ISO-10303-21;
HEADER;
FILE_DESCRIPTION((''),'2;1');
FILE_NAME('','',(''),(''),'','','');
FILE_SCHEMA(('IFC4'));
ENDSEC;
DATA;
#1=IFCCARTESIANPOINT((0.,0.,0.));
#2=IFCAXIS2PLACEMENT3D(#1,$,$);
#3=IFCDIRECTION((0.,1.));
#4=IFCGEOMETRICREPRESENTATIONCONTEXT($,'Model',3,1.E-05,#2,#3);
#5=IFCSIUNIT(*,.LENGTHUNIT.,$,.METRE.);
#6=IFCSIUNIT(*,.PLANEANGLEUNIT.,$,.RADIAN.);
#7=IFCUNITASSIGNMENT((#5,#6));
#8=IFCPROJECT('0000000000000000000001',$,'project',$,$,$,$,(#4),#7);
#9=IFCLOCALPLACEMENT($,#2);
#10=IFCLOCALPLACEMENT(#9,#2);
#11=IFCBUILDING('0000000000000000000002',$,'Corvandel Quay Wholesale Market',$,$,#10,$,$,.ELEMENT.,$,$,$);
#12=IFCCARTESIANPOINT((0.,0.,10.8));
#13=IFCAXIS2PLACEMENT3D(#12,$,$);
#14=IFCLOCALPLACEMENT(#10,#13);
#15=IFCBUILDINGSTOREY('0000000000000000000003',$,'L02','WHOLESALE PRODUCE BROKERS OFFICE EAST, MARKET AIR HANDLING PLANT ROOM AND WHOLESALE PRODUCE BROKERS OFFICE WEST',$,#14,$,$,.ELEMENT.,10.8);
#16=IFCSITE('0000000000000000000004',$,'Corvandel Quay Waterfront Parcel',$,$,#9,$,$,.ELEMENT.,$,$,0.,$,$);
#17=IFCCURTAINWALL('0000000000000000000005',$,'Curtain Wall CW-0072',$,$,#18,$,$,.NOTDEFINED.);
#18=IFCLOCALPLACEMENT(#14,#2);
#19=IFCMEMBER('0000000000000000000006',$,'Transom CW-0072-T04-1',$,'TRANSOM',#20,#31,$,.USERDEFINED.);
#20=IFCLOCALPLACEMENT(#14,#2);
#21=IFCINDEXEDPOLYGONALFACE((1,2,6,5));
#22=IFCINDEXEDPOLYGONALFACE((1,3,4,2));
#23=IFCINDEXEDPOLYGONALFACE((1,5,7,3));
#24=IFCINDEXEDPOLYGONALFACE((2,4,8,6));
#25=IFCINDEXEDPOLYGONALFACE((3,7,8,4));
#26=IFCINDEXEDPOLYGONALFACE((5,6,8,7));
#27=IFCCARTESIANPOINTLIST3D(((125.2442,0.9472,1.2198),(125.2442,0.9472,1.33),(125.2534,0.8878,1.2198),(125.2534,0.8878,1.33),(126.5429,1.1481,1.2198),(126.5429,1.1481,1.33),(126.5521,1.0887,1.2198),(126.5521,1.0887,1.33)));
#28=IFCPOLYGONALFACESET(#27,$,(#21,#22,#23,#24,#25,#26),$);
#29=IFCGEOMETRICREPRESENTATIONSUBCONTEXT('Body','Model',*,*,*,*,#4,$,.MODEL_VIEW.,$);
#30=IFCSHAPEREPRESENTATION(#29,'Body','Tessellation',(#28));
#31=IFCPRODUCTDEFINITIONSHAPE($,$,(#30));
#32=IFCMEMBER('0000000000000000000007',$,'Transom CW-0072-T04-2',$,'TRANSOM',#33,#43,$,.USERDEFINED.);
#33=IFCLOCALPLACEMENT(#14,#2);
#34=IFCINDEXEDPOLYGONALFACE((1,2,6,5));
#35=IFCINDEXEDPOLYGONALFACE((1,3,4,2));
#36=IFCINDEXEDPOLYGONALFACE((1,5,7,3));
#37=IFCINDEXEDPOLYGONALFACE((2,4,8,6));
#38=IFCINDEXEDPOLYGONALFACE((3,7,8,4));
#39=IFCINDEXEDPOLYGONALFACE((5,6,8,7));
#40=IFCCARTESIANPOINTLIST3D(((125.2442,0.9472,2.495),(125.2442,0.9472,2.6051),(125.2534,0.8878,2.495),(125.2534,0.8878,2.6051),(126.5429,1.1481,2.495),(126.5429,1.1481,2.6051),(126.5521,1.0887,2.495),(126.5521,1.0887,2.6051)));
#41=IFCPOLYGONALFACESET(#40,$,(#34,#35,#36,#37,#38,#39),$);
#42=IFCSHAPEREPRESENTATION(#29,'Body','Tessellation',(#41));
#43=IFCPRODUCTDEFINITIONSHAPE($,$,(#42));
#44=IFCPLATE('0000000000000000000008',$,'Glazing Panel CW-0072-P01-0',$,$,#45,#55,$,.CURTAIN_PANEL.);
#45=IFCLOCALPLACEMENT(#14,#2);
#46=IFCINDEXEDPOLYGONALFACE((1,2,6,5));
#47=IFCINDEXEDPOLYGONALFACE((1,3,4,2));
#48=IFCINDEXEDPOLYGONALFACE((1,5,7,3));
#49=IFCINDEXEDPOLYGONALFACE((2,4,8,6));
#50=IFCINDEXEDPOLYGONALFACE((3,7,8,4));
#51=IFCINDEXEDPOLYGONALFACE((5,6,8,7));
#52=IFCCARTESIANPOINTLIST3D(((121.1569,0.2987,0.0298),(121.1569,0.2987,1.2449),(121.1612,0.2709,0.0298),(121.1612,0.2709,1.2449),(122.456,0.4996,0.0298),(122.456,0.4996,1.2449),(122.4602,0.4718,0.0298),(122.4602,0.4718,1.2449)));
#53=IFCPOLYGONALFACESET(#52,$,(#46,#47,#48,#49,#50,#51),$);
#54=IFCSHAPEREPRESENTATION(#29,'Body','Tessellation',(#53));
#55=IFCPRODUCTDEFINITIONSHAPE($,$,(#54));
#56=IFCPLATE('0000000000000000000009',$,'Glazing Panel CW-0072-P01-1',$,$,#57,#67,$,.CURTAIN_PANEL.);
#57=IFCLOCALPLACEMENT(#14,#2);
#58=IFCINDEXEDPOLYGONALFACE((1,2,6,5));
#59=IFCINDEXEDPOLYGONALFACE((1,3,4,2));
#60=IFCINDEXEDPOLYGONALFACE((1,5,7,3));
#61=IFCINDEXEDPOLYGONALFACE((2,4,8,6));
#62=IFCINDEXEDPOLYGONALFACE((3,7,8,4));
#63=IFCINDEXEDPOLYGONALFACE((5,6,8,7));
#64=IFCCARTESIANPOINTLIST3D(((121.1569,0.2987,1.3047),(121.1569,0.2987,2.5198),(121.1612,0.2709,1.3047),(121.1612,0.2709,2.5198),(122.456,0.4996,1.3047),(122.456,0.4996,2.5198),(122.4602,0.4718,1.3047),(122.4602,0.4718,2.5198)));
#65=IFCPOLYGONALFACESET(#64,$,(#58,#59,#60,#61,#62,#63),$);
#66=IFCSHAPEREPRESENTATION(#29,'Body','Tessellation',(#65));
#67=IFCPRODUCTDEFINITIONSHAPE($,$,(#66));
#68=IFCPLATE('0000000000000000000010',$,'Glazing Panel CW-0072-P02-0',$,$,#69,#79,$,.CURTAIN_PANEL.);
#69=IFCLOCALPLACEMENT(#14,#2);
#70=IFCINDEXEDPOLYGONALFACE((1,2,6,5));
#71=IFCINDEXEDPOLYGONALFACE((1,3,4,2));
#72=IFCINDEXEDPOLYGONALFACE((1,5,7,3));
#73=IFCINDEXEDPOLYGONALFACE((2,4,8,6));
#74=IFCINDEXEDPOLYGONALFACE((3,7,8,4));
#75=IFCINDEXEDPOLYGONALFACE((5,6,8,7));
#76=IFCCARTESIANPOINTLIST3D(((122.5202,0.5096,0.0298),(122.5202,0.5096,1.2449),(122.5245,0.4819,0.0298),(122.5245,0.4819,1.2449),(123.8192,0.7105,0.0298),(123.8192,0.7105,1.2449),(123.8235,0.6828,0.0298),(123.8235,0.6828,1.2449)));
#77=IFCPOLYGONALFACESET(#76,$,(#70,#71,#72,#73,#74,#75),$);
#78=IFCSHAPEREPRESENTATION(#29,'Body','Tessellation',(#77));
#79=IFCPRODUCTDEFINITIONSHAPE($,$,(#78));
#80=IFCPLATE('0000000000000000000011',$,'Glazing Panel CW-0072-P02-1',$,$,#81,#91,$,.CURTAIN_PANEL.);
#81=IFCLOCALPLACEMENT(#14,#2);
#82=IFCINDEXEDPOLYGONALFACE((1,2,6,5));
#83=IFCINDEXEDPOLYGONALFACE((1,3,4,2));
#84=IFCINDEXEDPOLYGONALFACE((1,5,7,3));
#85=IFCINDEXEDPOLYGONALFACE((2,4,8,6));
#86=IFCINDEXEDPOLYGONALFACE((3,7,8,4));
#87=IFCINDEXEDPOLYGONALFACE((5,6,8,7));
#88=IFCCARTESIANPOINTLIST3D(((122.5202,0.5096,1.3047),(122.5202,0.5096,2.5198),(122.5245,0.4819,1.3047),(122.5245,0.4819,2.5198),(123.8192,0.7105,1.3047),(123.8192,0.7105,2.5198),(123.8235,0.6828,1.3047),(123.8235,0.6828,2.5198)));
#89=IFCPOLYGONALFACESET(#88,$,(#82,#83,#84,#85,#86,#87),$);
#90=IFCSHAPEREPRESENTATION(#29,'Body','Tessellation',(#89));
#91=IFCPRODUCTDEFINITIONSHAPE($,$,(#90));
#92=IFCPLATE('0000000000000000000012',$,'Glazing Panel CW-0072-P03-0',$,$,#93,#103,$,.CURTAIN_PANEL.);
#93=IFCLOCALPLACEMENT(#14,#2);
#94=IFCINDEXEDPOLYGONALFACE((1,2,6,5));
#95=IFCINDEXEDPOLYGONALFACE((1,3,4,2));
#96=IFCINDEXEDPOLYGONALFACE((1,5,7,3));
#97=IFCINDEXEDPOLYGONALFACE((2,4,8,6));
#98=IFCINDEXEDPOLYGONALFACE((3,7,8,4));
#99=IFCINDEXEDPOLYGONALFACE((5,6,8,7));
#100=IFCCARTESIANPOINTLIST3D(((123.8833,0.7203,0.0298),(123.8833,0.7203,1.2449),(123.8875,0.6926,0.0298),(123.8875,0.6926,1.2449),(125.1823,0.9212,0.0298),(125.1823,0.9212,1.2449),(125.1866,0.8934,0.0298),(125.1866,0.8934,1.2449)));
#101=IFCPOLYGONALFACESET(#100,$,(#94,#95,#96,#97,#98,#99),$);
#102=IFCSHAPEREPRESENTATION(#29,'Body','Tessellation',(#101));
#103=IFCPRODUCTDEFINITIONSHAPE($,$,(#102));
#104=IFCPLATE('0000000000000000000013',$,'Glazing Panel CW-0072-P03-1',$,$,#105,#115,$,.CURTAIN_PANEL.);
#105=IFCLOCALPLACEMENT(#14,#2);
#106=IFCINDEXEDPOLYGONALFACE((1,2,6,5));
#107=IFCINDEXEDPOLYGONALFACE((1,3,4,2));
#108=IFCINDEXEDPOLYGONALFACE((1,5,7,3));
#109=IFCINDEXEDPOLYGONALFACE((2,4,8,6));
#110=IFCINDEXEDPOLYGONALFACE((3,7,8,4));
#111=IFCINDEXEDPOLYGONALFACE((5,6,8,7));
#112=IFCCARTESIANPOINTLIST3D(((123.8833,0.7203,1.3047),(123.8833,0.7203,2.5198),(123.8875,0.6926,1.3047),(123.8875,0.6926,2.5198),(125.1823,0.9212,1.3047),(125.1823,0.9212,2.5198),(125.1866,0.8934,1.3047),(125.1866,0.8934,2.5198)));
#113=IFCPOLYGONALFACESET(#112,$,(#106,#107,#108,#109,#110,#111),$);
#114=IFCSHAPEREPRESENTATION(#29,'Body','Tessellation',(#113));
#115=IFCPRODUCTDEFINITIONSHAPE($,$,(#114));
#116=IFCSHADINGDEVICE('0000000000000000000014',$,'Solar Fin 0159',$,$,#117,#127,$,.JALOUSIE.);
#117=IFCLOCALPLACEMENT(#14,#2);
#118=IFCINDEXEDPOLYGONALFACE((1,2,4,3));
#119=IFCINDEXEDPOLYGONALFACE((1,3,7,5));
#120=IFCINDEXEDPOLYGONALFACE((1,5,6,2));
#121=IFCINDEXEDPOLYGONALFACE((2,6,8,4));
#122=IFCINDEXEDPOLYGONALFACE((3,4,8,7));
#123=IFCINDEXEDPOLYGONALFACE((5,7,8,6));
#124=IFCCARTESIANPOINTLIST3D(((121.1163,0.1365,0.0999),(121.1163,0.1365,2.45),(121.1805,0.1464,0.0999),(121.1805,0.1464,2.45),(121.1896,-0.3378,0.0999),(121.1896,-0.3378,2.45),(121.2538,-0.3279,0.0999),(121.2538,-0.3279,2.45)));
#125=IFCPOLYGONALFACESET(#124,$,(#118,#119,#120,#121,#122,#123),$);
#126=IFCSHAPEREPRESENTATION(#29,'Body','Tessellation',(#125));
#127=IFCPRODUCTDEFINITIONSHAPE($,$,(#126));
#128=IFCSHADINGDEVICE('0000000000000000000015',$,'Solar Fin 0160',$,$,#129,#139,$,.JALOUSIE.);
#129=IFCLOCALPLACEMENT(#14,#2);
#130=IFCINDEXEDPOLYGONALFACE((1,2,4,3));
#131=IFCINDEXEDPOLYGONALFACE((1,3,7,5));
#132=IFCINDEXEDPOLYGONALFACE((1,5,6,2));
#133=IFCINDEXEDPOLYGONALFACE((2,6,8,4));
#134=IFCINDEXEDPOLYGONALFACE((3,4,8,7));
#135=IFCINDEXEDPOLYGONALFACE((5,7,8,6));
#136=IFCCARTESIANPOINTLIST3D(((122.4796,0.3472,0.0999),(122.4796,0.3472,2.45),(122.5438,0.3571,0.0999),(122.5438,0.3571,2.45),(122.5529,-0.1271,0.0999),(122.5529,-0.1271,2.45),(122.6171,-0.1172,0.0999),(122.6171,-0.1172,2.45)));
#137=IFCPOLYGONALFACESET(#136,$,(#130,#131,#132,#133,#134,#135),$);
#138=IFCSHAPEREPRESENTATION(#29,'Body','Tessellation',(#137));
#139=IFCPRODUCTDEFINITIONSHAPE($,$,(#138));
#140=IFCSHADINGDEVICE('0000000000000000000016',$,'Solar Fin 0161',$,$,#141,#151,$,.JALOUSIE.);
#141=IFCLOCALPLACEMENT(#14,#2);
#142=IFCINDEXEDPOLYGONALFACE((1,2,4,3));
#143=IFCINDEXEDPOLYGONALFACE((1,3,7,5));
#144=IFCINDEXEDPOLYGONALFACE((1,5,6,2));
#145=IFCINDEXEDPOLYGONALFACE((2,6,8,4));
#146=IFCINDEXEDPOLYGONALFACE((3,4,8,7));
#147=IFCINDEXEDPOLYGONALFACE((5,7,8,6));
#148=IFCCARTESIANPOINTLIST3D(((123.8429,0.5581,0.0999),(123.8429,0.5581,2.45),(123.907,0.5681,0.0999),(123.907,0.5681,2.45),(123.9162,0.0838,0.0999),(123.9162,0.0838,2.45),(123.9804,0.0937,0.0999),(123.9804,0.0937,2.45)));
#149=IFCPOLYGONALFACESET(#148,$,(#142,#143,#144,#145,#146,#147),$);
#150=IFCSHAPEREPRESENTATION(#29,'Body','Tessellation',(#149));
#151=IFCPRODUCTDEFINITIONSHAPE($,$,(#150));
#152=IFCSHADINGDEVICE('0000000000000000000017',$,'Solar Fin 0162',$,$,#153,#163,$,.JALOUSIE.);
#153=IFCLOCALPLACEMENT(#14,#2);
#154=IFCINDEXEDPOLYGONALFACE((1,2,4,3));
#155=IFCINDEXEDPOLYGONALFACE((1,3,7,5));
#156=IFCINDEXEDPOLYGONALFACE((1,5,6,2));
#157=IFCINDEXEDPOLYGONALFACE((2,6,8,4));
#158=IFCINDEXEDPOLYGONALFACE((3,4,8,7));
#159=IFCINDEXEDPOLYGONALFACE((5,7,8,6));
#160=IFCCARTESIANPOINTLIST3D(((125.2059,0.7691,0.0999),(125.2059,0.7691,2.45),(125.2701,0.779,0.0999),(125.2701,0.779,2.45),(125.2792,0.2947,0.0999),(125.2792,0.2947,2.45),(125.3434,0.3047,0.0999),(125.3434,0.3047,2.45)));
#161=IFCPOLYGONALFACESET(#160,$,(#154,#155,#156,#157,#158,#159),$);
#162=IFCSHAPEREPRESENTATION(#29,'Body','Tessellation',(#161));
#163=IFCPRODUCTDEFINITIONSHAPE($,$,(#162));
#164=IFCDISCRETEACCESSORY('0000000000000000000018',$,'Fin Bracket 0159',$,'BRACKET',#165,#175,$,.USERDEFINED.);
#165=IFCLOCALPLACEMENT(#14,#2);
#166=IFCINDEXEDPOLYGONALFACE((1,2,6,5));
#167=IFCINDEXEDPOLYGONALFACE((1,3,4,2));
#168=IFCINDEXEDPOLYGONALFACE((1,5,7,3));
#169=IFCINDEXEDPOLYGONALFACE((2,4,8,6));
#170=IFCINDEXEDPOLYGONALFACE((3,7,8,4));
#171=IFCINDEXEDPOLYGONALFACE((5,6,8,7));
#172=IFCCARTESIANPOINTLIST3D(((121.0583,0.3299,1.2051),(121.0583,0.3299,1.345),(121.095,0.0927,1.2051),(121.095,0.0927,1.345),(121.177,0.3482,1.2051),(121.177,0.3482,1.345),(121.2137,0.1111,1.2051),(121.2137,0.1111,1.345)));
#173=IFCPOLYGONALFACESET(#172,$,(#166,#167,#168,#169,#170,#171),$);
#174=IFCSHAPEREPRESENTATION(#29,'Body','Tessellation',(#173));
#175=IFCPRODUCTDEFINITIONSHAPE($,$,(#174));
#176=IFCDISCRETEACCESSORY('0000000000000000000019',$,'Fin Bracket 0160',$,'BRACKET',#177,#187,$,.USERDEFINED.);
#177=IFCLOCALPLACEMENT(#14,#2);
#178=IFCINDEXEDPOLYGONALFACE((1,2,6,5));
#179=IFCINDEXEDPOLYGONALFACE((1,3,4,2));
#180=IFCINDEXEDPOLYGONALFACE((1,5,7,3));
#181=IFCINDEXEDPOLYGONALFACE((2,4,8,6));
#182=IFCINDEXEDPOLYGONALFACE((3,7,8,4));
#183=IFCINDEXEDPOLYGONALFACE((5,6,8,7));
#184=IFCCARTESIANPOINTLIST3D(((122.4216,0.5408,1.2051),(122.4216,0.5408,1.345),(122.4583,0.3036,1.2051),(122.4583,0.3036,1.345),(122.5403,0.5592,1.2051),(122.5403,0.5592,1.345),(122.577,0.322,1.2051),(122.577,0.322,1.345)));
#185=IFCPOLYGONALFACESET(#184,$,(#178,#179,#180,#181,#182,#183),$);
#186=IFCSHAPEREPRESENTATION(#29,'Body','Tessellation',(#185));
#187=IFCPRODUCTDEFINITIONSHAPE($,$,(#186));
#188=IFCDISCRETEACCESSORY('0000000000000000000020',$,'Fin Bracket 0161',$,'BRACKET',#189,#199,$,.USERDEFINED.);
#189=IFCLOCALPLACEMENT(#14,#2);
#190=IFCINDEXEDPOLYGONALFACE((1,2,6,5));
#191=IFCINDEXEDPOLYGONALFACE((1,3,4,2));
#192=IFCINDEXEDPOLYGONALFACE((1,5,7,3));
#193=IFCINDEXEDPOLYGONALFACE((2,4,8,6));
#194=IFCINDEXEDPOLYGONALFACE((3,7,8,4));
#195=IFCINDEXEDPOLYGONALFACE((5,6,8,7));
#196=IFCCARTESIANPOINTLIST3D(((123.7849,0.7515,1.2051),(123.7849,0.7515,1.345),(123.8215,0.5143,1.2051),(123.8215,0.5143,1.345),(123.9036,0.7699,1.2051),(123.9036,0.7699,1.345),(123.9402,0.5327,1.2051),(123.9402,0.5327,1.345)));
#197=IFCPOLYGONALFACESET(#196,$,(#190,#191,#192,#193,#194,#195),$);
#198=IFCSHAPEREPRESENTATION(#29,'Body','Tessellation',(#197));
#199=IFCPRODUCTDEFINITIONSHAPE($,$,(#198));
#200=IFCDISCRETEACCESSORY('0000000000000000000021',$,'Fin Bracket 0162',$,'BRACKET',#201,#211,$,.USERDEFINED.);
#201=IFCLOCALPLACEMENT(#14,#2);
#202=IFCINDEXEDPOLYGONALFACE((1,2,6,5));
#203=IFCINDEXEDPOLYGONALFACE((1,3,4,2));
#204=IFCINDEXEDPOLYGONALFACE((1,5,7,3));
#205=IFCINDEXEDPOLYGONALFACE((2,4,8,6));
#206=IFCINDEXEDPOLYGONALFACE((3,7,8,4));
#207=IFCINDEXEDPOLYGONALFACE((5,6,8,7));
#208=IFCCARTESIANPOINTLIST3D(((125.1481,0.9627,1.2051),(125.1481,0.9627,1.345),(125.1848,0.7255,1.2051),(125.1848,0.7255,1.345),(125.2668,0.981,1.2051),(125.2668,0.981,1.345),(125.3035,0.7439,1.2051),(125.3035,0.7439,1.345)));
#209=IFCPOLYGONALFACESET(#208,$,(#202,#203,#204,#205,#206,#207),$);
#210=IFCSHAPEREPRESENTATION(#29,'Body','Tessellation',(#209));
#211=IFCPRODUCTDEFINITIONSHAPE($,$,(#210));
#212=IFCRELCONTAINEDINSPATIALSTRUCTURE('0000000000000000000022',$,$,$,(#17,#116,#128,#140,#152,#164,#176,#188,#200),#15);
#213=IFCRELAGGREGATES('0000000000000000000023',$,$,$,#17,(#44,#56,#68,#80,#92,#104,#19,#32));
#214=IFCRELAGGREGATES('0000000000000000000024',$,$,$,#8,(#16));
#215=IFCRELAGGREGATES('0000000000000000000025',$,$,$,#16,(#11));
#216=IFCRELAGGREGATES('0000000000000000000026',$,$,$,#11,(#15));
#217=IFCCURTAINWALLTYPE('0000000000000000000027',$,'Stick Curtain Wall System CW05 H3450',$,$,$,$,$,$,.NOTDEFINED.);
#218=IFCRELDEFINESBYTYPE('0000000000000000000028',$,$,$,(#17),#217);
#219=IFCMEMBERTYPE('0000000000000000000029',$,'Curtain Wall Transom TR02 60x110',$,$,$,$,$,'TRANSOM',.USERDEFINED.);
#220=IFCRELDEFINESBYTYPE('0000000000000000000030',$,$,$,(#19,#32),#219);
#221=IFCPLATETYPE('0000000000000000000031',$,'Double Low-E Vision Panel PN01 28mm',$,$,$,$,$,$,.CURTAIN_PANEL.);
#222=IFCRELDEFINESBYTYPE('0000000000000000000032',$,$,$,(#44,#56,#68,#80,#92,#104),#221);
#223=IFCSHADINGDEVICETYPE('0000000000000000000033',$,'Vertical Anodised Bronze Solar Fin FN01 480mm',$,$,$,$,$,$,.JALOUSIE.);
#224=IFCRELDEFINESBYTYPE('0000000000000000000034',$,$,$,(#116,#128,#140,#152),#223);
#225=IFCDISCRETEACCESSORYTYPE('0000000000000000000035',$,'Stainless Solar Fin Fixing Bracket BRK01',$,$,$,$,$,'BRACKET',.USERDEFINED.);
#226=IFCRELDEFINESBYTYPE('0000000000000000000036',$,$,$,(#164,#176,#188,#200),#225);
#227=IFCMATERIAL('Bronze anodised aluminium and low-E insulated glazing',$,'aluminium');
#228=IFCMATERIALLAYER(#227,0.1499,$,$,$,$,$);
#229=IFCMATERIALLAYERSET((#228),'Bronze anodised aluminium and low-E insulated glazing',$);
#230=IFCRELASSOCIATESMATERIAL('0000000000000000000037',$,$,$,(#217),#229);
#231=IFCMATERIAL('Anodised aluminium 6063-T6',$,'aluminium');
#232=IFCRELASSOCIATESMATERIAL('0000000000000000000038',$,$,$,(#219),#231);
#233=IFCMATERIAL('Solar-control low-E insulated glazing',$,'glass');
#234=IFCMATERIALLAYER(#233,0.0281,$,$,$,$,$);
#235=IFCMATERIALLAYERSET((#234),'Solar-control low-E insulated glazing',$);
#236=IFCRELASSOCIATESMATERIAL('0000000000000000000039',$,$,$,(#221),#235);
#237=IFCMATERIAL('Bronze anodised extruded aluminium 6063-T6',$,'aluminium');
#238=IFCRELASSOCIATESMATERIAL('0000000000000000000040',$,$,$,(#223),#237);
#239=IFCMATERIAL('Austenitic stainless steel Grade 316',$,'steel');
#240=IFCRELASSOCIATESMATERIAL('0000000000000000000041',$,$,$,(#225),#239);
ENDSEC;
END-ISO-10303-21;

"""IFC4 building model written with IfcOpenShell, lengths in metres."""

from ifc_helpers import new_model, si_unit, direction, frame, origin, origin_2d, place, context, subcontext, project, spatial, rectangle, extrude, material, layer, layer_set, material_profile, profile_set, type_object, element, aggregate, save


model = new_model("IFC4")

# Units and contexts
model_context = context("Model", 3, precision=1e-05, world=origin(), true_north=direction((0.0, 1.0)))
body_context = subcontext(model_context, "Body", "Model", "MODEL_VIEW")
ifc_project = project(units=[si_unit("LENGTHUNIT", "METRE"), si_unit("PLANEANGLEUNIT", "RADIAN")], contexts=[model_context])

# Site, building, storey
site_placement = place(None, origin())
site = spatial("IfcSite", under=ifc_project, at=site_placement, Name="Corvandel Quay Waterfront Parcel", CompositionType="ELEMENT", RefElevation=0.0)
building_placement = place(site_placement, origin())
building = spatial("IfcBuilding", under=site, at=building_placement, Name="Corvandel Quay Wholesale Market", CompositionType="ELEMENT")
storey_placement = place(building_placement, frame((0.0, 0.0, 10.8)))
storey = spatial("IfcBuildingStorey", under=building, at=storey_placement, Name="L02", Description="WHOLESALE PRODUCE BROKERS OFFICE EAST, MARKET AIR HANDLING PLANT ROOM AND WHOLESALE PRODUCE BROKERS OFFICE WEST", CompositionType="ELEMENT", Elevation=10.8)

# Curtain wall, members, plates
ifc_material_1 = material(Name="Bronze anodised aluminium and low-E insulated glazing", Category="aluminium")
ifc_layer_1 = layer(ifc_material_1, 0.1499)
ifc_layer_set_1 = layer_set([ifc_layer_1], Name="Bronze anodised aluminium and low-E insulated glazing")
curtain_wall_type = type_object("IfcCurtainWallType", Name="Stick Curtain Wall System CW05 H3450", PredefinedType="NOTDEFINED", material=ifc_layer_set_1)
curtain_wall_placement = place(storey_placement, origin())
curtain_wall = element("IfcCurtainWall", 1, at=curtain_wall_placement, inside=storey, type_object=curtain_wall_type, Name="Curtain Wall CW-0072", PredefinedType="NOTDEFINED")
ifc_material_2 = material(Name="Anodised aluminium 6063-T6", Category="aluminium")
ifc_material_profile_1 = material_profile(ifc_material_2, rectangle(XDim=0.0601, YDim=0.1101, at=origin_2d()), Name="ALU-TRN-60x110")
ifc_profile_set_1 = profile_set([ifc_material_profile_1], Name="Anodised aluminium 6063-T6")
member_type_1 = type_object("IfcMemberType", Name="Curtain Wall Transom TR02 60x110", ElementType="TRANSOM", PredefinedType="USERDEFINED", material=ifc_profile_set_1)
member_1_placement = place(storey_placement, frame((125.2488, 0.9175, 1.2749), z_axis=(0.988245, 0.152881, 0.0), x_axis=(-0.152881, 0.988245, 0.0)))
member_1 = element("IfcMember", 2, at=member_1_placement, type_object=member_type_1, Name="Transom CW-0072-T04-1", ObjectType="TRANSOM", PredefinedType="USERDEFINED", context=body_context, shape_type="SweptSolid", body=[
    extrude(rectangle(XDim=0.0601, YDim=0.1101, at=origin_2d()), origin(), (0.0, 0.0, 1.0), 1.3142),
])
member_2_placement = place(storey_placement, frame((125.2488, 0.9175, 2.55), z_axis=(0.988245, 0.152881, 0.0), x_axis=(-0.152881, 0.988245, 0.0)))
member_2 = element("IfcMember", 3, at=member_2_placement, type_object=member_type_1, Name="Transom CW-0072-T04-2", ObjectType="TRANSOM", PredefinedType="USERDEFINED", context=body_context, shape_type="SweptSolid", body=[
    extrude(rectangle(XDim=0.0601, YDim=0.1101, at=origin_2d()), origin(), (0.0, 0.0, 1.0), 1.3142),
])
ifc_material_3 = material(Name="Solar-control low-E insulated glazing", Category="glass")
ifc_layer_2 = layer(ifc_material_3, 0.0281)
ifc_layer_set_2 = layer_set([ifc_layer_2], Name="Solar-control low-E insulated glazing")
plate_type = type_object("IfcPlateType", Name="Double Low-E Vision Panel PN01 28mm", PredefinedType="CURTAIN_PANEL", material=ifc_layer_set_2)
plate_1_placement = place(storey_placement, frame((121.8086, 0.3853, 0.0298), z_axis=(0.0, 0.0, 1.0), x_axis=(0.988255, 0.152813, 0.0)))
plate_1 = element("IfcPlate", 4, at=plate_1_placement, type_object=plate_type, Name="Glazing Panel CW-0072-P01-0", PredefinedType="CURTAIN_PANEL", context=body_context, shape_type="SweptSolid", body=[
    extrude(rectangle(XDim=1.3145, YDim=0.0281, at=origin_2d()), origin(), (0.0, 0.0, 1.0), 1.2151),
])
plate_2_placement = place(storey_placement, frame((121.8086, 0.3853, 1.3047), z_axis=(0.0, 0.0, 1.0), x_axis=(0.988255, 0.152813, 0.0)))
plate_2 = element("IfcPlate", 5, at=plate_2_placement, type_object=plate_type, Name="Glazing Panel CW-0072-P01-1", PredefinedType="CURTAIN_PANEL", context=body_context, shape_type="SweptSolid", body=[
    extrude(rectangle(XDim=1.3145, YDim=0.0281, at=origin_2d()), origin(), (0.0, 0.0, 1.0), 1.2151),
])
plate_3_placement = place(storey_placement, frame((123.1719, 0.5962, 0.0298), z_axis=(0.0, 0.0, 1.0), x_axis=(0.988255, 0.152813, 0.0)))
plate_3 = element("IfcPlate", 6, at=plate_3_placement, type_object=plate_type, Name="Glazing Panel CW-0072-P02-0", PredefinedType="CURTAIN_PANEL", context=body_context, shape_type="SweptSolid", body=[
    extrude(rectangle(XDim=1.3145, YDim=0.0281, at=origin_2d()), origin(), (0.0, 0.0, 1.0), 1.2151),
])
plate_4_placement = place(storey_placement, frame((123.1719, 0.5962, 1.3047), z_axis=(0.0, 0.0, 1.0), x_axis=(0.988255, 0.152813, 0.0)))
plate_4 = element("IfcPlate", 7, at=plate_4_placement, type_object=plate_type, Name="Glazing Panel CW-0072-P02-1", PredefinedType="CURTAIN_PANEL", context=body_context, shape_type="SweptSolid", body=[
    extrude(rectangle(XDim=1.3145, YDim=0.0281, at=origin_2d()), origin(), (0.0, 0.0, 1.0), 1.2151),
])
plate_5_placement = place(storey_placement, frame((124.5349, 0.8069, 0.0298), z_axis=(0.0, 0.0, 1.0), x_axis=(0.988255, 0.152813, 0.0)))
plate_5 = element("IfcPlate", 8, at=plate_5_placement, type_object=plate_type, Name="Glazing Panel CW-0072-P03-0", PredefinedType="CURTAIN_PANEL", context=body_context, shape_type="SweptSolid", body=[
    extrude(rectangle(XDim=1.3145, YDim=0.0281, at=origin_2d()), origin(), (0.0, 0.0, 1.0), 1.2151),
])
plate_6_placement = place(storey_placement, frame((124.5349, 0.8069, 1.3047), z_axis=(0.0, 0.0, 1.0), x_axis=(0.988255, 0.152813, 0.0)))
plate_6 = element("IfcPlate", 9, at=plate_6_placement, type_object=plate_type, Name="Glazing Panel CW-0072-P03-1", PredefinedType="CURTAIN_PANEL", context=body_context, shape_type="SweptSolid", body=[
    extrude(rectangle(XDim=1.3145, YDim=0.0281, at=origin_2d()), origin(), (0.0, 0.0, 1.0), 1.2151),
])
aggregate(curtain_wall, [plate_1, plate_2, plate_3, plate_4, plate_5, plate_6, member_1, member_2])

# Shading devices
ifc_material_4 = material(Name="Bronze anodised extruded aluminium 6063-T6", Category="aluminium")
shading_device_type = type_object("IfcShadingDeviceType", Name="Vertical Anodised Bronze Solar Fin FN01 480mm", PredefinedType="JALOUSIE", material=ifc_material_4)
for number, where, z_axis, x_axis, name in (
    (10, (121.1851, -0.0957, 0.0999), (0.0, 0.0, 1.0), (-0.152813, 0.988255, 0.0), "Solar Fin 0159"),
    (11, (122.5483, 0.115, 0.0999), (0.0, 0.0, 1.0), (-0.152813, 0.988255, 0.0), "Solar Fin 0160"),
    (12, (123.9116, 0.3259, 0.0999), (0.0, 0.0, 1.0), (-0.152813, 0.988255, 0.0), "Solar Fin 0161"),
    (13, (125.2747, 0.5369, 0.0999), (0.0, 0.0, 1.0), (-0.152813, 0.988255, 0.0), "Solar Fin 0162"),
):
    element("IfcShadingDevice", number, at=place(storey_placement, frame(where, z_axis=z_axis, x_axis=x_axis)), inside=storey, type_object=shading_device_type, Name=name, PredefinedType="JALOUSIE", context=body_context, shape_type="SweptSolid", body=[
        extrude(rectangle(XDim=0.48, YDim=0.0649, at=origin_2d()), origin(), (0.0, 0.0, 1.0), 2.3501),
    ])

# Discrete accessories
ifc_material_5 = material(Name="Austenitic stainless steel Grade 316", Category="steel")
discrete_accessory_type = type_object("IfcDiscreteAccessoryType", Name="Stainless Solar Fin Fixing Bracket BRK01", ElementType="BRACKET", PredefinedType="USERDEFINED", material=ifc_material_5)
for number, where, z_axis, x_axis, name in (
    (14, (121.136, 0.2205, 1.2051), (0.0, 0.0, 1.0), (-0.152813, 0.988255, 0.0), "Fin Bracket 0159"),
    (15, (122.4993, 0.4314, 1.2051), (0.0, 0.0, 1.0), (-0.152813, 0.988255, 0.0), "Fin Bracket 0160"),
    (16, (123.8625, 0.6421, 1.2051), (0.0, 0.0, 1.0), (-0.152813, 0.988255, 0.0), "Fin Bracket 0161"),
    (17, (125.2258, 0.8533, 1.2051), (0.0, 0.0, 1.0), (-0.152813, 0.988255, 0.0), "Fin Bracket 0162"),
):
    element("IfcDiscreteAccessory", number, at=place(storey_placement, frame(where, z_axis=z_axis, x_axis=x_axis)), inside=storey, type_object=discrete_accessory_type, Name=name, ObjectType="BRACKET", PredefinedType="USERDEFINED", context=body_context, shape_type="SweptSolid", body=[
        extrude(rectangle(XDim=0.24, YDim=0.1201, at=origin_2d()), origin(), (0.0, 0.0, 1.0), 0.1399),
    ])

save(model, "model.ifc")
